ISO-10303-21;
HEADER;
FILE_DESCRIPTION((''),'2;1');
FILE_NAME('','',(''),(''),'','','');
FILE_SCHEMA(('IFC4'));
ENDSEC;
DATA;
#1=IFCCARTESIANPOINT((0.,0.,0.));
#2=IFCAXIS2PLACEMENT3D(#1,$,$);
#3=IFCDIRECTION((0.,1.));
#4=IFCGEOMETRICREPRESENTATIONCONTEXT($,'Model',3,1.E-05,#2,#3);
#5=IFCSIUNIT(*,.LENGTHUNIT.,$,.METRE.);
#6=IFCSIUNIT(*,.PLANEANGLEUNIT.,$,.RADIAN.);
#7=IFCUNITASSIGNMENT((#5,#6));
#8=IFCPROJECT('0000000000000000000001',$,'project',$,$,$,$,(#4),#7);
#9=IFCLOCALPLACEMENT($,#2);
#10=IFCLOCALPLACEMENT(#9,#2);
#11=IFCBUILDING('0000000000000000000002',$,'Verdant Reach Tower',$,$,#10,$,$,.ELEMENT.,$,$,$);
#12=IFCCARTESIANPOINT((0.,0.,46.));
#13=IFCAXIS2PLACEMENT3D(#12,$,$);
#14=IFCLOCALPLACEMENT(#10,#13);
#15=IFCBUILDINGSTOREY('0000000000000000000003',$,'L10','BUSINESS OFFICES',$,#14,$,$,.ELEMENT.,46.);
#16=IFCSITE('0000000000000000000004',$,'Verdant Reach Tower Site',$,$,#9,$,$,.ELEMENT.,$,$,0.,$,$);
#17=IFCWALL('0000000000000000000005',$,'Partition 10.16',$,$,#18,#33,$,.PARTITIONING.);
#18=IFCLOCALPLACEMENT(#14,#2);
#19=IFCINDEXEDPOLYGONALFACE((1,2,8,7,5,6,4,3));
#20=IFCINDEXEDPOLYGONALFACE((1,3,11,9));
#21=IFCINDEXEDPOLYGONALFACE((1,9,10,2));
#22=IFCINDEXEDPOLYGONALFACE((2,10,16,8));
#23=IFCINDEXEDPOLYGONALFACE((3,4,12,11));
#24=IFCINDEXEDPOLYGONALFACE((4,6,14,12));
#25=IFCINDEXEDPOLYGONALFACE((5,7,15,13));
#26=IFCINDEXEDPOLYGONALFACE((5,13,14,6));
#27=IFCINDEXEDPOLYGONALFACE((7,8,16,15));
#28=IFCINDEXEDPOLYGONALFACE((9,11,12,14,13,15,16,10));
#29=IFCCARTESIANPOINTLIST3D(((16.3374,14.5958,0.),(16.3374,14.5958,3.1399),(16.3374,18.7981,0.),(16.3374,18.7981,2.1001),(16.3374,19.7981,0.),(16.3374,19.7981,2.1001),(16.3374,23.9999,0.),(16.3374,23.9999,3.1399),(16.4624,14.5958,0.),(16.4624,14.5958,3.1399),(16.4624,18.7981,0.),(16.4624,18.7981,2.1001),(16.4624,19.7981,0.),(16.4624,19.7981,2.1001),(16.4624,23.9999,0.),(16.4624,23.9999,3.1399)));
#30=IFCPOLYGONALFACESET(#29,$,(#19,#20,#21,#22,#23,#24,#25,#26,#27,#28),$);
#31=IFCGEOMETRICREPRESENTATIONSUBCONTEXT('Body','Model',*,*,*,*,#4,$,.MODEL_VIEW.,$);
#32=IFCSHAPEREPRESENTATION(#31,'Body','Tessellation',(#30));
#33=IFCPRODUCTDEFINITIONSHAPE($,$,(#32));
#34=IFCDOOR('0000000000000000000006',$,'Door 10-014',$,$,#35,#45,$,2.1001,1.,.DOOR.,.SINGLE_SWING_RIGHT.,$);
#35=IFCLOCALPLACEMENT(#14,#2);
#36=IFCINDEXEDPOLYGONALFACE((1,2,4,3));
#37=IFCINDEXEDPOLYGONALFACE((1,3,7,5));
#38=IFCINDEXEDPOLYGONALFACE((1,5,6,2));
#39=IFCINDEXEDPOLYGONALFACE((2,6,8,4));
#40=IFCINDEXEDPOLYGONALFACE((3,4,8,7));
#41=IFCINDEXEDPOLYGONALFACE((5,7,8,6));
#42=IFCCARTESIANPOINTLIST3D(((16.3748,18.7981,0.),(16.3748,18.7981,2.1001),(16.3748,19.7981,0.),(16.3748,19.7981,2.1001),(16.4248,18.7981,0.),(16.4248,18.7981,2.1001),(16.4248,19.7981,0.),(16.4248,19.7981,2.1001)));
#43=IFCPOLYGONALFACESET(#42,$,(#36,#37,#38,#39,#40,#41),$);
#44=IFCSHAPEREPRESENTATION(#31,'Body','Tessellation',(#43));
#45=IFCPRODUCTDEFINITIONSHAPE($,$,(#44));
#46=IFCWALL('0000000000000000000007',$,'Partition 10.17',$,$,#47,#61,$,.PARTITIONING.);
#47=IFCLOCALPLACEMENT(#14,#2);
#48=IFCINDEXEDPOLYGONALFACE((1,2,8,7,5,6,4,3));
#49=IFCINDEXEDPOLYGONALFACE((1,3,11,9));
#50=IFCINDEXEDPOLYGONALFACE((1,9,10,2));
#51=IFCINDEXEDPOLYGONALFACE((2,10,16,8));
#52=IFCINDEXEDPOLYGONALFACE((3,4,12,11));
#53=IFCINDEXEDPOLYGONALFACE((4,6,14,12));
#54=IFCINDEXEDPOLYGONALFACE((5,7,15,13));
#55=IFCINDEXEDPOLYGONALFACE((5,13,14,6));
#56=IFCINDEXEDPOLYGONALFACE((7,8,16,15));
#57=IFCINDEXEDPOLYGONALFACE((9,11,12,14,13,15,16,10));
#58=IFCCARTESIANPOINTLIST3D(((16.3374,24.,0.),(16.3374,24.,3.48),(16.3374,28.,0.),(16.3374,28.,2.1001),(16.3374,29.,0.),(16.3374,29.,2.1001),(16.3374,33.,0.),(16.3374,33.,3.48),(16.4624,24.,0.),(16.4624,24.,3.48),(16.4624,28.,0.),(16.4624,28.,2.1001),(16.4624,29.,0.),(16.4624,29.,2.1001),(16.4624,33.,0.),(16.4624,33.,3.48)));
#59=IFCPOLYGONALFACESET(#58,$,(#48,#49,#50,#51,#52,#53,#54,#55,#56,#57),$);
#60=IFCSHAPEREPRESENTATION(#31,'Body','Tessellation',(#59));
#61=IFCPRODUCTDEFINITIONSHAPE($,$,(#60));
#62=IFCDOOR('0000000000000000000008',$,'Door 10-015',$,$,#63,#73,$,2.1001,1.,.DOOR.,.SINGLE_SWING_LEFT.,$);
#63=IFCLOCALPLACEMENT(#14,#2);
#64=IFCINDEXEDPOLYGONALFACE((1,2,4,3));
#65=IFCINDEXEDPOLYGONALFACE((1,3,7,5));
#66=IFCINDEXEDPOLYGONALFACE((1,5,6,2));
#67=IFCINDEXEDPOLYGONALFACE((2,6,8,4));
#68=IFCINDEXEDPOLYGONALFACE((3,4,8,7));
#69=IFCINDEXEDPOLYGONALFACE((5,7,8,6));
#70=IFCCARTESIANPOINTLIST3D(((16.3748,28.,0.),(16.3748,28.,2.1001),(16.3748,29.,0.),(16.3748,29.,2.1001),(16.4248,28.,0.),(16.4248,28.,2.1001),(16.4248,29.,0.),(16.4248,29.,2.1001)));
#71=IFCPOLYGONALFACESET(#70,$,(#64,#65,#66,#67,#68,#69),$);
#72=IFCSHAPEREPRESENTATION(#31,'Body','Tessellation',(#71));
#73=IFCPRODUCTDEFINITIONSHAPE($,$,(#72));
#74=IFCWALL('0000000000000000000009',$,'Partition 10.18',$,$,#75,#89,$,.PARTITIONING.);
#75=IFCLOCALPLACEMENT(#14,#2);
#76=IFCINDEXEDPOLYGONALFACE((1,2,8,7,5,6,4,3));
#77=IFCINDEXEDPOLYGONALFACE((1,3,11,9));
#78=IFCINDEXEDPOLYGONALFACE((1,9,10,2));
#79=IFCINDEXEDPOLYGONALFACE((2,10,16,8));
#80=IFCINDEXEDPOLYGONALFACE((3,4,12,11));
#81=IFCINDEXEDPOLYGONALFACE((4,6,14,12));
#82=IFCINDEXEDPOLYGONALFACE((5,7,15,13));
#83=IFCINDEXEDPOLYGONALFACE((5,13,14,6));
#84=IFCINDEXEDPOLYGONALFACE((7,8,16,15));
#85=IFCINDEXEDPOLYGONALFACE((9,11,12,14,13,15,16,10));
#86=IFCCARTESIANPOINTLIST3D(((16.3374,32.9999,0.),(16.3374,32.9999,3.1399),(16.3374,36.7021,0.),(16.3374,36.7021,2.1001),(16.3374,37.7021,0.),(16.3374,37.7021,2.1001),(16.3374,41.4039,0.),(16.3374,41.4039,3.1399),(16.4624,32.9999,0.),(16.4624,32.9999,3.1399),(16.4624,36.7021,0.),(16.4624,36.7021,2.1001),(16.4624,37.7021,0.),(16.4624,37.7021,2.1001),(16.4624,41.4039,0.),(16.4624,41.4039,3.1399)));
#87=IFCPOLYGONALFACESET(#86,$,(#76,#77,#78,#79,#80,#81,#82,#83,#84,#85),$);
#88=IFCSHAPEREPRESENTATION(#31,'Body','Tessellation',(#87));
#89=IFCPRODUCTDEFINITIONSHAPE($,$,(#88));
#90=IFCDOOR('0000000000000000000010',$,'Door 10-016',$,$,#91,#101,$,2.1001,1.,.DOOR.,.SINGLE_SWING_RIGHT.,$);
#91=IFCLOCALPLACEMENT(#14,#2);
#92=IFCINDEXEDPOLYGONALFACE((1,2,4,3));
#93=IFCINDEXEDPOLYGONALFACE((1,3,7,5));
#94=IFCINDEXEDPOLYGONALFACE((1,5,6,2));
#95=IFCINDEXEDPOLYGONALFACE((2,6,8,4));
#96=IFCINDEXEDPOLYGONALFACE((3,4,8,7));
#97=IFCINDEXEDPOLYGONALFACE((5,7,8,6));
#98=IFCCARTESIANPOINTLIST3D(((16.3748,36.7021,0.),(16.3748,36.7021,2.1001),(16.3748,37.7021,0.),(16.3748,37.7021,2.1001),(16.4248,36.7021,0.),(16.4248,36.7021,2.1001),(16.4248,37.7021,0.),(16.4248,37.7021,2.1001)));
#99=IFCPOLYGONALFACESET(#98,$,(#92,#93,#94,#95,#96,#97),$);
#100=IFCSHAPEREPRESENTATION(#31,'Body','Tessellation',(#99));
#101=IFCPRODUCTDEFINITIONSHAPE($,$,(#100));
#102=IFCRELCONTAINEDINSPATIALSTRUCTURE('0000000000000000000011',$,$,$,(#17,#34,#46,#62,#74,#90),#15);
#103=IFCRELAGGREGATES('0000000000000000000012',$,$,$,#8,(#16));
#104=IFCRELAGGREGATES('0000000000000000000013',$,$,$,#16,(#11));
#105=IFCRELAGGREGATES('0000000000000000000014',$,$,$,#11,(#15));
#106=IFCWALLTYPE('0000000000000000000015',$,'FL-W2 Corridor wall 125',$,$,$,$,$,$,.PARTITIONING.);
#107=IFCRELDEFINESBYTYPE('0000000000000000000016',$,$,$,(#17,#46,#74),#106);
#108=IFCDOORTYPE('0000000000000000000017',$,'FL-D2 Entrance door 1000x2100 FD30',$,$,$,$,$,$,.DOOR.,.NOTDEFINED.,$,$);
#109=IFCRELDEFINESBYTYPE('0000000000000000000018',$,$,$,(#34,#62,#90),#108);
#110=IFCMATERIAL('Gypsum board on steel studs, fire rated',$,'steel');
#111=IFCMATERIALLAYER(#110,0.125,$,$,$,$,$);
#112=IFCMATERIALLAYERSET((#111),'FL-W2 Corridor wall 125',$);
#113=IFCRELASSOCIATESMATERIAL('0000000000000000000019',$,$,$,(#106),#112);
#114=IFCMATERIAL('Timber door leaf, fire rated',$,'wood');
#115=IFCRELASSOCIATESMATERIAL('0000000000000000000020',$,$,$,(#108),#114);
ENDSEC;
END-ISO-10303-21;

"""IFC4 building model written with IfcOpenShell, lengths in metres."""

from ifc_helpers import new_model, si_unit, direction, frame, frame_2d, origin, place, context, subcontext, project, spatial, rectangle, extrude, material, layer, layer_set, type_object, element, fill, save


model = new_model("IFC4")

# Units and contexts
model_context = context("Model", 3, precision=1e-05, world=origin(), true_north=direction((0.0, 1.0)))
body_context = subcontext(model_context, "Body", "Model", "MODEL_VIEW")
ifc_project = project(units=[si_unit("LENGTHUNIT", "METRE"), si_unit("PLANEANGLEUNIT", "RADIAN")], contexts=[model_context])

# Site, building, storey
site_placement = place(None, origin())
site = spatial("IfcSite", under=ifc_project, at=site_placement, Name="Verdant Reach Tower Site", CompositionType="ELEMENT", RefElevation=0.0)
building_placement = place(site_placement, origin())
building = spatial("IfcBuilding", under=site, at=building_placement, Name="Verdant Reach Tower", CompositionType="ELEMENT")
storey_placement = place(building_placement, frame((0.0, 0.0, 46.0)))
storey = spatial("IfcBuildingStorey", under=building, at=storey_placement, Name="L10", Description="BUSINESS OFFICES", CompositionType="ELEMENT", Elevation=46.0)

# Walls, openings, doors
ifc_material_1 = material(Name="Gypsum board on steel studs, fire rated", Category="steel")
ifc_layer_1 = layer(ifc_material_1, 0.125)
ifc_layer_set_1 = layer_set([ifc_layer_1], Name="FL-W2 Corridor wall 125")
wall_type_1 = type_object("IfcWallType", Name="FL-W2 Corridor wall 125", PredefinedType="PARTITIONING", material=ifc_layer_set_1)
wall_1_placement = place(storey_placement, frame((16.3999, 24.0, 0.0), z_axis=(0.0, 0.0, 1.0), x_axis=(0.0, -1.0, 0.0)))
wall_1 = element("IfcWall", 1, at=wall_1_placement, inside=storey, type_object=wall_type_1, Name="Partition 10.16", PredefinedType="PARTITIONING", context=body_context, shape_type="SweptSolid", body=[
    extrude(rectangle(XDim=9.4041, YDim=0.125, at=frame_2d((4.7021, 0.0))), origin(), (0.0, 0.0, 1.0), 3.1399),
])
opening_1_placement = place(wall_1_placement, frame((4.2019, 0.0, 0.0)))
opening_1 = element("IfcOpeningElement", 2, at=opening_1_placement, cuts=wall_1, PredefinedType="OPENING", context=body_context, shape_type="SweptSolid", body=[
    extrude(rectangle(XDim=1.0, YDim=2.1001, at=frame_2d((0.5, 1.05))), frame((0.0, 0.0725, 0.0), z_axis=(0.0, -1.0, 0.0), x_axis=(1.0, 0.0, 0.0)), (0.0, 0.0, 1.0), 0.145),
])
ifc_material_2 = material(Name="Timber door leaf, fire rated", Category="wood")
door_type = type_object("IfcDoorType", Name="FL-D2 Entrance door 1000x2100 FD30", OperationType="NOTDEFINED", PredefinedType="DOOR", material=ifc_material_2)
door_1_placement = place(opening_1_placement, origin())
door_1 = element("IfcDoor", 3, at=door_1_placement, inside=storey, type_object=door_type, Name="Door 10-014", OperationType="SINGLE_SWING_RIGHT", OverallHeight=2.1001, OverallWidth=1.0, PredefinedType="DOOR", context=body_context, shape_type="SweptSolid", body=[
    extrude(rectangle(XDim=1.0, YDim=2.1001, at=frame_2d((0.5, 1.05))), frame((0.0, 0.0249, 0.0), z_axis=(0.0, -1.0, 0.0), x_axis=(1.0, 0.0, 0.0)), (0.0, 0.0, 1.0), 0.05),
])
fill(opening_1, door_1)
wall_2_placement = place(storey_placement, frame((16.3999, 33.0, 0.0), z_axis=(0.0, 0.0, 1.0), x_axis=(0.0, -1.0, 0.0)))
wall_2 = element("IfcWall", 4, at=wall_2_placement, inside=storey, type_object=wall_type_1, Name="Partition 10.17", PredefinedType="PARTITIONING", context=body_context, shape_type="SweptSolid", body=[
    extrude(rectangle(XDim=9.0, YDim=0.125, at=frame_2d((4.5, 0.0))), origin(), (0.0, 0.0, 1.0), 3.48),
])
opening_2_placement = place(wall_2_placement, frame((4.0, 0.0, 0.0)))
opening_2 = element("IfcOpeningElement", 5, at=opening_2_placement, cuts=wall_2, PredefinedType="OPENING", context=body_context, shape_type="SweptSolid", body=[
    extrude(rectangle(XDim=1.0, YDim=2.1001, at=frame_2d((0.5, 1.05))), frame((0.0, 0.0725, 0.0), z_axis=(0.0, -1.0, 0.0), x_axis=(1.0, 0.0, 0.0)), (0.0, 0.0, 1.0), 0.145),
])
door_2_placement = place(opening_2_placement, origin())
door_2 = element("IfcDoor", 6, at=door_2_placement, inside=storey, type_object=door_type, Name="Door 10-015", OperationType="SINGLE_SWING_LEFT", OverallHeight=2.1001, OverallWidth=1.0, PredefinedType="DOOR", context=body_context, shape_type="SweptSolid", body=[
    extrude(rectangle(XDim=1.0, YDim=2.1001, at=frame_2d((0.5, 1.05))), frame((0.0, 0.0249, 0.0), z_axis=(0.0, -1.0, 0.0), x_axis=(1.0, 0.0, 0.0)), (0.0, 0.0, 1.0), 0.05),
])
fill(opening_2, door_2)
wall_3_placement = place(storey_placement, frame((16.3999, 41.4041, 0.0), z_axis=(0.0, 0.0, 1.0), x_axis=(0.0, -1.0, 0.0)))
wall_3 = element("IfcWall", 7, at=wall_3_placement, inside=storey, type_object=wall_type_1, Name="Partition 10.18", PredefinedType="PARTITIONING", context=body_context, shape_type="SweptSolid", body=[
    extrude(rectangle(XDim=8.4041, YDim=0.125, at=frame_2d((4.2021, 0.0))), origin(), (0.0, 0.0, 1.0), 3.1399),
])
opening_3_placement = place(wall_3_placement, frame((3.7019, 0.0, 0.0)))
opening_3 = element("IfcOpeningElement", 8, at=opening_3_placement, cuts=wall_3, PredefinedType="OPENING", context=body_context, shape_type="SweptSolid", body=[
    extrude(rectangle(XDim=1.0, YDim=2.1001, at=frame_2d((0.5, 1.05))), frame((0.0, 0.0725, 0.0), z_axis=(0.0, -1.0, 0.0), x_axis=(1.0, 0.0, 0.0)), (0.0, 0.0, 1.0), 0.145),
])
door_3_placement = place(opening_3_placement, origin())
door_3 = element("IfcDoor", 9, at=door_3_placement, inside=storey, type_object=door_type, Name="Door 10-016", OperationType="SINGLE_SWING_RIGHT", OverallHeight=2.1001, OverallWidth=1.0, PredefinedType="DOOR", context=body_context, shape_type="SweptSolid", body=[
    extrude(rectangle(XDim=1.0, YDim=2.1001, at=frame_2d((0.5, 1.05))), frame((0.0, 0.0249, 0.0), z_axis=(0.0, -1.0, 0.0), x_axis=(1.0, 0.0, 0.0)), (0.0, 0.0, 1.0), 0.05),
])
fill(opening_3, door_3)

save(model, "model.ifc")
